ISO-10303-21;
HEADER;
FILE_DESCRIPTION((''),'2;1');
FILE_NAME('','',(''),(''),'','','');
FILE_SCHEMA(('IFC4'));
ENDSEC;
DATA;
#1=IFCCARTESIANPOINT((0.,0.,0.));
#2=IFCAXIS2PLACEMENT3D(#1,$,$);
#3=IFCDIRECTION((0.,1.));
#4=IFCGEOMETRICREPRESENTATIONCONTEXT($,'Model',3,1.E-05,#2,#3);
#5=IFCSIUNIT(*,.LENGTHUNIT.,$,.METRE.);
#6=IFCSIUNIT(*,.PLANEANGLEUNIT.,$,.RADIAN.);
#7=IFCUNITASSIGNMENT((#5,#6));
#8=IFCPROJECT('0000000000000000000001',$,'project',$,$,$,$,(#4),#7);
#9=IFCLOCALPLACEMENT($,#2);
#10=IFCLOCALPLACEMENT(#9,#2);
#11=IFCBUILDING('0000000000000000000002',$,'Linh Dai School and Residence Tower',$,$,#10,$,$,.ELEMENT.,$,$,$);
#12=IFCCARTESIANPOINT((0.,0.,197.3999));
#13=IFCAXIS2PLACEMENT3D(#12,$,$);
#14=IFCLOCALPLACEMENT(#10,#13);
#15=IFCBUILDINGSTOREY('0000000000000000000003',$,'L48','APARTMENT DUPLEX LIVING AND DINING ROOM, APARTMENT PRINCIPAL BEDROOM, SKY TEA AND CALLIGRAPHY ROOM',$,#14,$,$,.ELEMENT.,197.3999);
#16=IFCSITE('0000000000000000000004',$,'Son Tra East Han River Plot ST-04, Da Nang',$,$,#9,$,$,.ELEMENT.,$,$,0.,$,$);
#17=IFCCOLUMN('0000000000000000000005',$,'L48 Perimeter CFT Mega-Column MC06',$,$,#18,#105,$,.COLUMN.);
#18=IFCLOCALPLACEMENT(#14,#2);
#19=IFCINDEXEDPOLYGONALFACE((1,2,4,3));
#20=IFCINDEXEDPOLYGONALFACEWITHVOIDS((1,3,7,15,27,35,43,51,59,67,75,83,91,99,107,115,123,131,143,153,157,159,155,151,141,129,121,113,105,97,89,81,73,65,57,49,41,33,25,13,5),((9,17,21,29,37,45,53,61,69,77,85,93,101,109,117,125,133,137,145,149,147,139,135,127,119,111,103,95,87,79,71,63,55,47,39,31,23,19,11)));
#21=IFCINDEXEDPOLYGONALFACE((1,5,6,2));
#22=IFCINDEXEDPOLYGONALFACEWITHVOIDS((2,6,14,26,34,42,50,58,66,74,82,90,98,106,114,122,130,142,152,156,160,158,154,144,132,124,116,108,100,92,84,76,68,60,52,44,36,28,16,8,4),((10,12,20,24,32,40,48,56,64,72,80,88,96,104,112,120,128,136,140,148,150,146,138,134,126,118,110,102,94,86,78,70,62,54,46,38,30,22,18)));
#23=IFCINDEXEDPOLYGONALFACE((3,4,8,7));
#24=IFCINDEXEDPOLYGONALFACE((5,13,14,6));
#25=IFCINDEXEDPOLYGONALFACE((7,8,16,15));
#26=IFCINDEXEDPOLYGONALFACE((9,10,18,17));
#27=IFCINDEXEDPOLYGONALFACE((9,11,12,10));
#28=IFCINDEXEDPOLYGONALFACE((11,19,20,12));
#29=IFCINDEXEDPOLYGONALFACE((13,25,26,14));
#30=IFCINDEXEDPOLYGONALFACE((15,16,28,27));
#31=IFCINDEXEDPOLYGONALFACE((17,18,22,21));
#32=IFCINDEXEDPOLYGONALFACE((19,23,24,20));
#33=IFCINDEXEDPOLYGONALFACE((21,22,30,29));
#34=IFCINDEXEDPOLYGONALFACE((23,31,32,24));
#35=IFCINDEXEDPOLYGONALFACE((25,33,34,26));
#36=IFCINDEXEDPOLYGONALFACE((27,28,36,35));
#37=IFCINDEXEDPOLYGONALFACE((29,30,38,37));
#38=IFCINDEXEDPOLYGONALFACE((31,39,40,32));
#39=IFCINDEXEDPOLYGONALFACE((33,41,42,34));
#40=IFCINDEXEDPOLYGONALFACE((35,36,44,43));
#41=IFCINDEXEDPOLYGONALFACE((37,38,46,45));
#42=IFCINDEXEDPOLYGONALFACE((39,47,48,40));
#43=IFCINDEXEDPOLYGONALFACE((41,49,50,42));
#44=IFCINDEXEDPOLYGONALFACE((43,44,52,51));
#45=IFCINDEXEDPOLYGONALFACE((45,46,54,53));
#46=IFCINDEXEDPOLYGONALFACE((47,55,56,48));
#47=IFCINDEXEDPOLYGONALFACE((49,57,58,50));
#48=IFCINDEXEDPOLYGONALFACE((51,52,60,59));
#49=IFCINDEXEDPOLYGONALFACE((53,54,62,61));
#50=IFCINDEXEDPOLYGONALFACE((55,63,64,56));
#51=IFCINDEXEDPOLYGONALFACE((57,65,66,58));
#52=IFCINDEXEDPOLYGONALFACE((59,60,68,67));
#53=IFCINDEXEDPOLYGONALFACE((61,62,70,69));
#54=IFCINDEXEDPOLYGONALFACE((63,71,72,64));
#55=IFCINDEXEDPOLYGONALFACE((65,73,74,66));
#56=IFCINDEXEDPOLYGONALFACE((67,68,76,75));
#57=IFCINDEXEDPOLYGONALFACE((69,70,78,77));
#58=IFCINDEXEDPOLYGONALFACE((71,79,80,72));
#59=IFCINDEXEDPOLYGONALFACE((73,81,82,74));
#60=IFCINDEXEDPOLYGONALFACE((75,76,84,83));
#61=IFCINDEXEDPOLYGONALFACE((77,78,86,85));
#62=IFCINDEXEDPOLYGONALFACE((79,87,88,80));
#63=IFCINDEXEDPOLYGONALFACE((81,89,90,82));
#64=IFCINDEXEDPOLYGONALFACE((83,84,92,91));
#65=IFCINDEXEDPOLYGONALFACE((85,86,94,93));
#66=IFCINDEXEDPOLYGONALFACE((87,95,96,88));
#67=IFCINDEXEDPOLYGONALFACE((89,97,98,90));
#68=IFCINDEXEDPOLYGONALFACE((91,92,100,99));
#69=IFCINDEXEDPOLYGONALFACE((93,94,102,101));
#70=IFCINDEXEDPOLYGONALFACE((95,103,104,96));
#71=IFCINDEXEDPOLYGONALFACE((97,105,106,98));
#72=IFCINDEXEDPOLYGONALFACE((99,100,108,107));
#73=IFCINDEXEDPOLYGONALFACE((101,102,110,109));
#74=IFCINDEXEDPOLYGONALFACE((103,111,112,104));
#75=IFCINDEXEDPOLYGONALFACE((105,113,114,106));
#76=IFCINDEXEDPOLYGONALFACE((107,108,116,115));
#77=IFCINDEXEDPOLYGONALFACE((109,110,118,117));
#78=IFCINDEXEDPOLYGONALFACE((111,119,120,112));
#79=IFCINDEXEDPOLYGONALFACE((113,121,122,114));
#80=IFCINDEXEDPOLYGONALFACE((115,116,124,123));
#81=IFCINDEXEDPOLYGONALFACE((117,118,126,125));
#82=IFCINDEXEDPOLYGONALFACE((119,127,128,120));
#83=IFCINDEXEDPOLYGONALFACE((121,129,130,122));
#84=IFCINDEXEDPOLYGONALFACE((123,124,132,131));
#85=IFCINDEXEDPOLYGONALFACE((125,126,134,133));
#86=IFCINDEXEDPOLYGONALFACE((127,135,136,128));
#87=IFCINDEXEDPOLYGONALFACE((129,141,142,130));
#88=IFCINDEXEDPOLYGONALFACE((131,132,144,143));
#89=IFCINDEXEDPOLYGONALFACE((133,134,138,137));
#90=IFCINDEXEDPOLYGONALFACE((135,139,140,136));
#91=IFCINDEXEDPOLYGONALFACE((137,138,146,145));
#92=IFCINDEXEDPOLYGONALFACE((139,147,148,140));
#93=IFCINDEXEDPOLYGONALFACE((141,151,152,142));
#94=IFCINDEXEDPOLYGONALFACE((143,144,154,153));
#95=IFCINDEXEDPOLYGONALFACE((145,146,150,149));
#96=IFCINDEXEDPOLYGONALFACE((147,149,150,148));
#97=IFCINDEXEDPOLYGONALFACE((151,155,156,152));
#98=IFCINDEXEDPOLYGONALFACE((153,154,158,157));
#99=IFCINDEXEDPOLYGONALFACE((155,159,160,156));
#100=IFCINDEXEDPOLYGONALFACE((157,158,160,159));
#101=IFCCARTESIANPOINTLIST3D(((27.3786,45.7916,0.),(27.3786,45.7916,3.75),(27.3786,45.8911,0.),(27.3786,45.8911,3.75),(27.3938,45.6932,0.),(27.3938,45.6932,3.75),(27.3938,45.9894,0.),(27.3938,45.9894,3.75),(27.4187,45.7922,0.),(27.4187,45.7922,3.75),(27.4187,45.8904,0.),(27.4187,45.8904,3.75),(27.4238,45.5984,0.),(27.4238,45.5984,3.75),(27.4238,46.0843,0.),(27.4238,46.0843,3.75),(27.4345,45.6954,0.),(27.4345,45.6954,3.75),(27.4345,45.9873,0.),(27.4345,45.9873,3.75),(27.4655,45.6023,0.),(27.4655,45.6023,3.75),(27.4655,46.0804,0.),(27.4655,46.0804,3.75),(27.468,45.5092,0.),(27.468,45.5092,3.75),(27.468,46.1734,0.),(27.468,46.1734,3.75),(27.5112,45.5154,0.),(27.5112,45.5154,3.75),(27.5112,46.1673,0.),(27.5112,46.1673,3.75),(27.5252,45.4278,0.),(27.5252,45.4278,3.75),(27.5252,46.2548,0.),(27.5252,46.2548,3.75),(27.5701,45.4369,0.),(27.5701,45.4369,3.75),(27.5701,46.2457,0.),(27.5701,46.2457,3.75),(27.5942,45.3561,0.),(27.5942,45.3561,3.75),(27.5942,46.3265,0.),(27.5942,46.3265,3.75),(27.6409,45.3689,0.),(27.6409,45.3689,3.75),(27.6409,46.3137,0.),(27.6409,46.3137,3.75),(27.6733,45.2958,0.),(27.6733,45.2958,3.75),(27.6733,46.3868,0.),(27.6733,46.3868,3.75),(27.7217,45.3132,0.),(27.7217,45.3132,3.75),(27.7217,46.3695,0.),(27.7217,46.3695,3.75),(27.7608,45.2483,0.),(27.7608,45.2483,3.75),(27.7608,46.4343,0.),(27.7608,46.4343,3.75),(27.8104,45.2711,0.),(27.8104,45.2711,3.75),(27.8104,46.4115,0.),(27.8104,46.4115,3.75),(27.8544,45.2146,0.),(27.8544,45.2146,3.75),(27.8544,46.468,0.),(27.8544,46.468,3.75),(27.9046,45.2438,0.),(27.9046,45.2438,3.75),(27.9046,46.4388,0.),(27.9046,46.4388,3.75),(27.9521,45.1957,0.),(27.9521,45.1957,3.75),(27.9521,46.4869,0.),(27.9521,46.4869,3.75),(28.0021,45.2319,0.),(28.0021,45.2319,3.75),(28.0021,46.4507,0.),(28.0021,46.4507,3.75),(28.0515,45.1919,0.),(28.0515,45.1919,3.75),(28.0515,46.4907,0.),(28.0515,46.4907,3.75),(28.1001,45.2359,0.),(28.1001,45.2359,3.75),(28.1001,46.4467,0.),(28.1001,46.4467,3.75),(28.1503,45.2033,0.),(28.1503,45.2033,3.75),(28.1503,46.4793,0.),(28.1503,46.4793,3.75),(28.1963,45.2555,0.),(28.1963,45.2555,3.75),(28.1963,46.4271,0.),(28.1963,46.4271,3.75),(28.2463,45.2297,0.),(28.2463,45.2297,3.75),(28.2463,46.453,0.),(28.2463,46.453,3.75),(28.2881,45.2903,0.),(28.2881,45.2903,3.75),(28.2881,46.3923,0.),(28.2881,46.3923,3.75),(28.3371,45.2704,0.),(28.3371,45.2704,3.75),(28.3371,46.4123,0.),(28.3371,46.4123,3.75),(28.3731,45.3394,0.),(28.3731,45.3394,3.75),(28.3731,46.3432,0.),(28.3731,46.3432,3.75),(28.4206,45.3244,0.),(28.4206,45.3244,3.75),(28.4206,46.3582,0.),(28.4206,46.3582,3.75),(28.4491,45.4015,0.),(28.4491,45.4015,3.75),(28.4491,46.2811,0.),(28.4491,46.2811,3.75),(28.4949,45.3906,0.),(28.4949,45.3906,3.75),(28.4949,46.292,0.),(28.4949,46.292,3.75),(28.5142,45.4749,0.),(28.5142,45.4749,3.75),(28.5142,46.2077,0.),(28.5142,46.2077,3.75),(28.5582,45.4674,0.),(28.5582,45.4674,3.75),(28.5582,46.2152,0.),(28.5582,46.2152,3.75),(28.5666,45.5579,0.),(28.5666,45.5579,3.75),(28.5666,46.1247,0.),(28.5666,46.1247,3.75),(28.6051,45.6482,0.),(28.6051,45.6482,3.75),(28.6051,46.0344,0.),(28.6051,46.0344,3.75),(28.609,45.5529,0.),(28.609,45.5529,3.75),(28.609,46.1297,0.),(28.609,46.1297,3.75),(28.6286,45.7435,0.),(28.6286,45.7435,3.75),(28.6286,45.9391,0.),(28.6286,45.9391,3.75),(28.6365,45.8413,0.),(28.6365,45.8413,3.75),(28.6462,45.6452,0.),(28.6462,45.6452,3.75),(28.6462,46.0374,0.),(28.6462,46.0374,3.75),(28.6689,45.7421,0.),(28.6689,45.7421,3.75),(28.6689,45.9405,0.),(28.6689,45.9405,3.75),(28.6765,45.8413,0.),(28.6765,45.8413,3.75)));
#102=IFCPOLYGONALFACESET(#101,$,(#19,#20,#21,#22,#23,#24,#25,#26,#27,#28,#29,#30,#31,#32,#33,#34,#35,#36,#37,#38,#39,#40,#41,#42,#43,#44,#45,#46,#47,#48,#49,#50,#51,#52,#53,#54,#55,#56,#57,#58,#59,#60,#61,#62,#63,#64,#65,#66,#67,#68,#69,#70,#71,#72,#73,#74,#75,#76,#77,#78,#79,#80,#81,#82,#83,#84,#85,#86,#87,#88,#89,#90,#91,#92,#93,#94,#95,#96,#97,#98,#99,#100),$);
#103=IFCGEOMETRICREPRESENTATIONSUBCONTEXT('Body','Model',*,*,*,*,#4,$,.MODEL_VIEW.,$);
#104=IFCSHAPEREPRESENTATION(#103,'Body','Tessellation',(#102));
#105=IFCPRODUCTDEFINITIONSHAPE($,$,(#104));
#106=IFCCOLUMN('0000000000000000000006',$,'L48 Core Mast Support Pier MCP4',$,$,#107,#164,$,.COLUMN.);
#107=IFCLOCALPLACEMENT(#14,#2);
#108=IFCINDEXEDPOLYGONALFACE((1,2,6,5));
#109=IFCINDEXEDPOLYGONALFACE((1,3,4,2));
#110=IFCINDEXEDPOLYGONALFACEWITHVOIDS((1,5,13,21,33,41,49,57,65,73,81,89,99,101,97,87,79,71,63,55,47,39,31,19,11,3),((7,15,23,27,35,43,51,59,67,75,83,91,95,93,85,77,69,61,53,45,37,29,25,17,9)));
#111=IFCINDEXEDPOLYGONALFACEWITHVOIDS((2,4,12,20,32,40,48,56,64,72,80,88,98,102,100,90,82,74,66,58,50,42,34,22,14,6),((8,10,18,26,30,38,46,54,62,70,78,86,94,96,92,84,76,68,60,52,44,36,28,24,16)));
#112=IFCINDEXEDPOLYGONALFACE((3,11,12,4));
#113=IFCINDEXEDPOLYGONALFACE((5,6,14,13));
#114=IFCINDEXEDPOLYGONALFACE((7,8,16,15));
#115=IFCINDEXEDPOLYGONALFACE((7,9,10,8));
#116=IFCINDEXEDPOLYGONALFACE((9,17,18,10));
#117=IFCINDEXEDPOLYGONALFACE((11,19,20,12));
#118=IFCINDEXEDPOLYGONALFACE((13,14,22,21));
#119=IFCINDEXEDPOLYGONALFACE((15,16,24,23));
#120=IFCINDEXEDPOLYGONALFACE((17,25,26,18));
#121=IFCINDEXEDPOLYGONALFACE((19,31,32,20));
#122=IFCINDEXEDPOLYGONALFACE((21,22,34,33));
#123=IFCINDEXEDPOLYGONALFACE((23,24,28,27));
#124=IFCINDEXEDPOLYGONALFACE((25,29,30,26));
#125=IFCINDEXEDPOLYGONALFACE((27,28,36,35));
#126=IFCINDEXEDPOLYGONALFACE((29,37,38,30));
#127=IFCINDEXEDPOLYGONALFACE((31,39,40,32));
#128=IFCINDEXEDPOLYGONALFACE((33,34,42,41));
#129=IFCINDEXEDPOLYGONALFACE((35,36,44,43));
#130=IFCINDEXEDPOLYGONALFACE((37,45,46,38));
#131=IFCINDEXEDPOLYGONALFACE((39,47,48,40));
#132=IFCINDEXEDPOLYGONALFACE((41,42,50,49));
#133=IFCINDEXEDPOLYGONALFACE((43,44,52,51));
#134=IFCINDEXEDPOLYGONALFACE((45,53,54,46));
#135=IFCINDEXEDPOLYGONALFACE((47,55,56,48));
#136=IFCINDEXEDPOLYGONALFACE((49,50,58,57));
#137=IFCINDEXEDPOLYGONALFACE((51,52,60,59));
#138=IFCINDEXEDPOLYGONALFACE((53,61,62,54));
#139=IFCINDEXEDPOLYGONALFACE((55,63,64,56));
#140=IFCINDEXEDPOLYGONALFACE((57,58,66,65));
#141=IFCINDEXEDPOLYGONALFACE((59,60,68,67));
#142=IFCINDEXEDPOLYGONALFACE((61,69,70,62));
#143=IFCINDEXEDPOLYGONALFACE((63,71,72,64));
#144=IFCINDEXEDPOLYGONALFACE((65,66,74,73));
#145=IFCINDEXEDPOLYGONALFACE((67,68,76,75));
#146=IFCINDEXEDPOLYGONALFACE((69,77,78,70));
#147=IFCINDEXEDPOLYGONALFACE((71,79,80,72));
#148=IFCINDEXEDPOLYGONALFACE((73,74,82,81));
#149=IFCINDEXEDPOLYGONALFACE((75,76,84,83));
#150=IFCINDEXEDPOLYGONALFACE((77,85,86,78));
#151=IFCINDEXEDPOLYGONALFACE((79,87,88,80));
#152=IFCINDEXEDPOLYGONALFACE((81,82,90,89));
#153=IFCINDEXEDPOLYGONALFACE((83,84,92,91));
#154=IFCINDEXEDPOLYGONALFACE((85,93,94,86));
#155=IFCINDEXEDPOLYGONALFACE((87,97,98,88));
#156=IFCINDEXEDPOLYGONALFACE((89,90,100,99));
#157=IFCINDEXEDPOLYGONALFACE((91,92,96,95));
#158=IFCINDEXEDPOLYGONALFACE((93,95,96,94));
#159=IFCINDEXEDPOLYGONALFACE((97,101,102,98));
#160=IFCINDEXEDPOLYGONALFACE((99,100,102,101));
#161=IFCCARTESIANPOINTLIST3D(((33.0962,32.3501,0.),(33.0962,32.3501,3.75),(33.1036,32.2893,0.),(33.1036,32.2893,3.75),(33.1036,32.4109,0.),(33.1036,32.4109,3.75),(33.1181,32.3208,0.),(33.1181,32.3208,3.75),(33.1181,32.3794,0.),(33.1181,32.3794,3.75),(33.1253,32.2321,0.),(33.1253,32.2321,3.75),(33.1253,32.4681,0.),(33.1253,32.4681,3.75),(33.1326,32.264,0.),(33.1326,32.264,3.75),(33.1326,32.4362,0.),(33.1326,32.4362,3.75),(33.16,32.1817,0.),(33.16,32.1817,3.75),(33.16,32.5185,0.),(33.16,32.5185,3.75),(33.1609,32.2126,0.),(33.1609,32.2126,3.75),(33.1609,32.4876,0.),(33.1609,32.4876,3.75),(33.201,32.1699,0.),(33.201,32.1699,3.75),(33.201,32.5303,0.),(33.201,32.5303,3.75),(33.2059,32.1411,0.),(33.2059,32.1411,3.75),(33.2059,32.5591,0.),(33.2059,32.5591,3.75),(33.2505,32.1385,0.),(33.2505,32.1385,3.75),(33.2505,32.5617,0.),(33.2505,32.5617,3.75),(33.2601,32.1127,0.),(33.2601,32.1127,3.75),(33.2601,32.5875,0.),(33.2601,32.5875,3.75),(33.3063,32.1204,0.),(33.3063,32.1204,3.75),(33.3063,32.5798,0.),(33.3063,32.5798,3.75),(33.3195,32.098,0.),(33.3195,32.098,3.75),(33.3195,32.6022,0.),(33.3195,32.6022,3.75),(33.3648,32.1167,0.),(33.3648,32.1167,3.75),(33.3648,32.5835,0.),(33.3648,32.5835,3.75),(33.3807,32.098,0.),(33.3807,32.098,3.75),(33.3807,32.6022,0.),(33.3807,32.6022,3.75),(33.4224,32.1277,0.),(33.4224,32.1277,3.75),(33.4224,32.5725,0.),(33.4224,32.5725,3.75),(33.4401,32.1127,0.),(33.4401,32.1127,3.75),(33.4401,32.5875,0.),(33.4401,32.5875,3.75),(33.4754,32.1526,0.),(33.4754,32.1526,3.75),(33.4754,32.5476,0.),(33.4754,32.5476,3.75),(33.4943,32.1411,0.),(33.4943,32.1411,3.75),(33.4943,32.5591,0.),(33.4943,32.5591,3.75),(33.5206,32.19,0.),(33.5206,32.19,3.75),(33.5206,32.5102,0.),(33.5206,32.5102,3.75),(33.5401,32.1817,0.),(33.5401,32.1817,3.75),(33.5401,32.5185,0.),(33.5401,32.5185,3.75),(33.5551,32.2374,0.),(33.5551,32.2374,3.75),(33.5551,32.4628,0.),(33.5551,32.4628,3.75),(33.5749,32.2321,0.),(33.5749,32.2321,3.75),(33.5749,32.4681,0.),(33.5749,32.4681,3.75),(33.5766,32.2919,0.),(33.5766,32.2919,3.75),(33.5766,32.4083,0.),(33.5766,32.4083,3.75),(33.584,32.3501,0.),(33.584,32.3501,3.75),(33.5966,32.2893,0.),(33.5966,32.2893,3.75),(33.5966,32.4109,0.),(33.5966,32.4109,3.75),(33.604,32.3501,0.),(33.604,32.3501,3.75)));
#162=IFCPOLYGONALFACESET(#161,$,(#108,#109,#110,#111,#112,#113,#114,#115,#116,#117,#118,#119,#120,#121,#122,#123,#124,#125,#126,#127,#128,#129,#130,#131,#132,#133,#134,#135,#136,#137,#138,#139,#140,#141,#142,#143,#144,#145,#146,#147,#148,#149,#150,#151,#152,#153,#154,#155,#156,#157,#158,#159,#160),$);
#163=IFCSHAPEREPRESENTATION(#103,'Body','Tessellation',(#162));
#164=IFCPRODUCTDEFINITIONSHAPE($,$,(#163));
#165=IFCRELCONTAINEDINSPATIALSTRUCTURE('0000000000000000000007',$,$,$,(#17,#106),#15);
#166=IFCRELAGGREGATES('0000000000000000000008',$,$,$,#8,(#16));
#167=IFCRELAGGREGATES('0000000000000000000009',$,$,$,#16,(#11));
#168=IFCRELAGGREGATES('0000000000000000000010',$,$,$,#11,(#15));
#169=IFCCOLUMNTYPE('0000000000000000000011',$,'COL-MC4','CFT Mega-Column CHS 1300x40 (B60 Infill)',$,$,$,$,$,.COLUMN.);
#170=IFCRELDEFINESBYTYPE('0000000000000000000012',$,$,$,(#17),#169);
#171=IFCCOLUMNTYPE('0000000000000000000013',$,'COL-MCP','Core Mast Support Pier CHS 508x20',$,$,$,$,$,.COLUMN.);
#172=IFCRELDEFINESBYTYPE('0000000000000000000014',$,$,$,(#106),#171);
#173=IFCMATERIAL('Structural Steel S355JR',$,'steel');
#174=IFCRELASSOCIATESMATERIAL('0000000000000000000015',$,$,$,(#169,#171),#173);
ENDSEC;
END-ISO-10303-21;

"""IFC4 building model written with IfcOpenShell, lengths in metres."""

from ifc_helpers import new_model, si_unit, direction, frame, origin, origin_2d, place, context, subcontext, project, spatial, hollow_circle, extrude, material, material_profile, profile_set, type_object, element, save


model = new_model("IFC4")

# Units and contexts
model_context = context("Model", 3, precision=1e-05, world=origin(), true_north=direction((0.0, 1.0)))
body_context = subcontext(model_context, "Body", "Model", "MODEL_VIEW")
ifc_project = project(units=[si_unit("LENGTHUNIT", "METRE"), si_unit("PLANEANGLEUNIT", "RADIAN")], contexts=[model_context])

# Site, building, storey
site_placement = place(None, origin())
site = spatial("IfcSite", under=ifc_project, at=site_placement, Name="Son Tra East Han River Plot ST-04, Da Nang", CompositionType="ELEMENT", RefElevation=0.0)
building_placement = place(site_placement, origin())
building = spatial("IfcBuilding", under=site, at=building_placement, Name="Linh Dai School and Residence Tower", CompositionType="ELEMENT")
storey_placement = place(building_placement, frame((0.0, 0.0, 197.3999)))
storey = spatial("IfcBuildingStorey", under=building, at=storey_placement, Name="L48", Description="APARTMENT DUPLEX LIVING AND DINING ROOM, APARTMENT PRINCIPAL BEDROOM, SKY TEA AND CALLIGRAPHY ROOM", CompositionType="ELEMENT", Elevation=197.3999)

# Columns
ifc_material_1 = material(Name="Structural Steel S355JR", Category="steel")
ifc_material_profile_1 = material_profile(ifc_material_1, hollow_circle(Radius=0.6499, WallThickness=0.04, at=origin_2d()), Name="CHS 1300x40")
ifc_profile_set_1 = profile_set([ifc_material_profile_1], Name="Structural Steel S355JR")
column_type_1 = type_object("IfcColumnType", Name="COL-MC4", Description="CFT Mega-Column CHS 1300x40 (B60 Infill)", PredefinedType="COLUMN", material=ifc_profile_set_1)
for number, where, z_axis, x_axis, name in (
    (1, (28.0266, 45.8413, 0.0), (0.0, 0.0, 1.0), (1.0, 0.0, 0.0), "L48 Perimeter CFT Mega-Column MC06"),
):
    element("IfcColumn", number, at=place(storey_placement, frame(where, z_axis=z_axis, x_axis=x_axis)), inside=storey, type_object=column_type_1, Name=name, PredefinedType="COLUMN", context=body_context, shape_type="SweptSolid", body=[
        extrude(hollow_circle(Radius=0.6499, WallThickness=0.04, at=origin_2d()), origin(), (0.0, 0.0, 1.0), 3.75),
    ])
ifc_material_profile_2 = material_profile(ifc_material_1, hollow_circle(Radius=0.2539, WallThickness=0.02, at=origin_2d()), Name="CHS 508x20")
ifc_profile_set_2 = profile_set([ifc_material_profile_2], Name="Structural Steel S355JR")
column_type_2 = type_object("IfcColumnType", Name="COL-MCP", Description="Core Mast Support Pier CHS 508x20", PredefinedType="COLUMN", material=ifc_profile_set_2)
column_1_placement = place(storey_placement, frame((33.3501, 32.3501, 0.0), z_axis=(0.0, 0.0, 1.0), x_axis=(1.0, 0.0, 0.0)))
element("IfcColumn", 2, at=column_1_placement, inside=storey, type_object=column_type_2, Name="L48 Core Mast Support Pier MCP4", PredefinedType="COLUMN", context=body_context, shape_type="SweptSolid", body=[
    extrude(hollow_circle(Radius=0.2539, WallThickness=0.02, at=origin_2d()), origin(), (0.0, 0.0, 1.0), 3.75),
])

save(model, "model.ifc")
